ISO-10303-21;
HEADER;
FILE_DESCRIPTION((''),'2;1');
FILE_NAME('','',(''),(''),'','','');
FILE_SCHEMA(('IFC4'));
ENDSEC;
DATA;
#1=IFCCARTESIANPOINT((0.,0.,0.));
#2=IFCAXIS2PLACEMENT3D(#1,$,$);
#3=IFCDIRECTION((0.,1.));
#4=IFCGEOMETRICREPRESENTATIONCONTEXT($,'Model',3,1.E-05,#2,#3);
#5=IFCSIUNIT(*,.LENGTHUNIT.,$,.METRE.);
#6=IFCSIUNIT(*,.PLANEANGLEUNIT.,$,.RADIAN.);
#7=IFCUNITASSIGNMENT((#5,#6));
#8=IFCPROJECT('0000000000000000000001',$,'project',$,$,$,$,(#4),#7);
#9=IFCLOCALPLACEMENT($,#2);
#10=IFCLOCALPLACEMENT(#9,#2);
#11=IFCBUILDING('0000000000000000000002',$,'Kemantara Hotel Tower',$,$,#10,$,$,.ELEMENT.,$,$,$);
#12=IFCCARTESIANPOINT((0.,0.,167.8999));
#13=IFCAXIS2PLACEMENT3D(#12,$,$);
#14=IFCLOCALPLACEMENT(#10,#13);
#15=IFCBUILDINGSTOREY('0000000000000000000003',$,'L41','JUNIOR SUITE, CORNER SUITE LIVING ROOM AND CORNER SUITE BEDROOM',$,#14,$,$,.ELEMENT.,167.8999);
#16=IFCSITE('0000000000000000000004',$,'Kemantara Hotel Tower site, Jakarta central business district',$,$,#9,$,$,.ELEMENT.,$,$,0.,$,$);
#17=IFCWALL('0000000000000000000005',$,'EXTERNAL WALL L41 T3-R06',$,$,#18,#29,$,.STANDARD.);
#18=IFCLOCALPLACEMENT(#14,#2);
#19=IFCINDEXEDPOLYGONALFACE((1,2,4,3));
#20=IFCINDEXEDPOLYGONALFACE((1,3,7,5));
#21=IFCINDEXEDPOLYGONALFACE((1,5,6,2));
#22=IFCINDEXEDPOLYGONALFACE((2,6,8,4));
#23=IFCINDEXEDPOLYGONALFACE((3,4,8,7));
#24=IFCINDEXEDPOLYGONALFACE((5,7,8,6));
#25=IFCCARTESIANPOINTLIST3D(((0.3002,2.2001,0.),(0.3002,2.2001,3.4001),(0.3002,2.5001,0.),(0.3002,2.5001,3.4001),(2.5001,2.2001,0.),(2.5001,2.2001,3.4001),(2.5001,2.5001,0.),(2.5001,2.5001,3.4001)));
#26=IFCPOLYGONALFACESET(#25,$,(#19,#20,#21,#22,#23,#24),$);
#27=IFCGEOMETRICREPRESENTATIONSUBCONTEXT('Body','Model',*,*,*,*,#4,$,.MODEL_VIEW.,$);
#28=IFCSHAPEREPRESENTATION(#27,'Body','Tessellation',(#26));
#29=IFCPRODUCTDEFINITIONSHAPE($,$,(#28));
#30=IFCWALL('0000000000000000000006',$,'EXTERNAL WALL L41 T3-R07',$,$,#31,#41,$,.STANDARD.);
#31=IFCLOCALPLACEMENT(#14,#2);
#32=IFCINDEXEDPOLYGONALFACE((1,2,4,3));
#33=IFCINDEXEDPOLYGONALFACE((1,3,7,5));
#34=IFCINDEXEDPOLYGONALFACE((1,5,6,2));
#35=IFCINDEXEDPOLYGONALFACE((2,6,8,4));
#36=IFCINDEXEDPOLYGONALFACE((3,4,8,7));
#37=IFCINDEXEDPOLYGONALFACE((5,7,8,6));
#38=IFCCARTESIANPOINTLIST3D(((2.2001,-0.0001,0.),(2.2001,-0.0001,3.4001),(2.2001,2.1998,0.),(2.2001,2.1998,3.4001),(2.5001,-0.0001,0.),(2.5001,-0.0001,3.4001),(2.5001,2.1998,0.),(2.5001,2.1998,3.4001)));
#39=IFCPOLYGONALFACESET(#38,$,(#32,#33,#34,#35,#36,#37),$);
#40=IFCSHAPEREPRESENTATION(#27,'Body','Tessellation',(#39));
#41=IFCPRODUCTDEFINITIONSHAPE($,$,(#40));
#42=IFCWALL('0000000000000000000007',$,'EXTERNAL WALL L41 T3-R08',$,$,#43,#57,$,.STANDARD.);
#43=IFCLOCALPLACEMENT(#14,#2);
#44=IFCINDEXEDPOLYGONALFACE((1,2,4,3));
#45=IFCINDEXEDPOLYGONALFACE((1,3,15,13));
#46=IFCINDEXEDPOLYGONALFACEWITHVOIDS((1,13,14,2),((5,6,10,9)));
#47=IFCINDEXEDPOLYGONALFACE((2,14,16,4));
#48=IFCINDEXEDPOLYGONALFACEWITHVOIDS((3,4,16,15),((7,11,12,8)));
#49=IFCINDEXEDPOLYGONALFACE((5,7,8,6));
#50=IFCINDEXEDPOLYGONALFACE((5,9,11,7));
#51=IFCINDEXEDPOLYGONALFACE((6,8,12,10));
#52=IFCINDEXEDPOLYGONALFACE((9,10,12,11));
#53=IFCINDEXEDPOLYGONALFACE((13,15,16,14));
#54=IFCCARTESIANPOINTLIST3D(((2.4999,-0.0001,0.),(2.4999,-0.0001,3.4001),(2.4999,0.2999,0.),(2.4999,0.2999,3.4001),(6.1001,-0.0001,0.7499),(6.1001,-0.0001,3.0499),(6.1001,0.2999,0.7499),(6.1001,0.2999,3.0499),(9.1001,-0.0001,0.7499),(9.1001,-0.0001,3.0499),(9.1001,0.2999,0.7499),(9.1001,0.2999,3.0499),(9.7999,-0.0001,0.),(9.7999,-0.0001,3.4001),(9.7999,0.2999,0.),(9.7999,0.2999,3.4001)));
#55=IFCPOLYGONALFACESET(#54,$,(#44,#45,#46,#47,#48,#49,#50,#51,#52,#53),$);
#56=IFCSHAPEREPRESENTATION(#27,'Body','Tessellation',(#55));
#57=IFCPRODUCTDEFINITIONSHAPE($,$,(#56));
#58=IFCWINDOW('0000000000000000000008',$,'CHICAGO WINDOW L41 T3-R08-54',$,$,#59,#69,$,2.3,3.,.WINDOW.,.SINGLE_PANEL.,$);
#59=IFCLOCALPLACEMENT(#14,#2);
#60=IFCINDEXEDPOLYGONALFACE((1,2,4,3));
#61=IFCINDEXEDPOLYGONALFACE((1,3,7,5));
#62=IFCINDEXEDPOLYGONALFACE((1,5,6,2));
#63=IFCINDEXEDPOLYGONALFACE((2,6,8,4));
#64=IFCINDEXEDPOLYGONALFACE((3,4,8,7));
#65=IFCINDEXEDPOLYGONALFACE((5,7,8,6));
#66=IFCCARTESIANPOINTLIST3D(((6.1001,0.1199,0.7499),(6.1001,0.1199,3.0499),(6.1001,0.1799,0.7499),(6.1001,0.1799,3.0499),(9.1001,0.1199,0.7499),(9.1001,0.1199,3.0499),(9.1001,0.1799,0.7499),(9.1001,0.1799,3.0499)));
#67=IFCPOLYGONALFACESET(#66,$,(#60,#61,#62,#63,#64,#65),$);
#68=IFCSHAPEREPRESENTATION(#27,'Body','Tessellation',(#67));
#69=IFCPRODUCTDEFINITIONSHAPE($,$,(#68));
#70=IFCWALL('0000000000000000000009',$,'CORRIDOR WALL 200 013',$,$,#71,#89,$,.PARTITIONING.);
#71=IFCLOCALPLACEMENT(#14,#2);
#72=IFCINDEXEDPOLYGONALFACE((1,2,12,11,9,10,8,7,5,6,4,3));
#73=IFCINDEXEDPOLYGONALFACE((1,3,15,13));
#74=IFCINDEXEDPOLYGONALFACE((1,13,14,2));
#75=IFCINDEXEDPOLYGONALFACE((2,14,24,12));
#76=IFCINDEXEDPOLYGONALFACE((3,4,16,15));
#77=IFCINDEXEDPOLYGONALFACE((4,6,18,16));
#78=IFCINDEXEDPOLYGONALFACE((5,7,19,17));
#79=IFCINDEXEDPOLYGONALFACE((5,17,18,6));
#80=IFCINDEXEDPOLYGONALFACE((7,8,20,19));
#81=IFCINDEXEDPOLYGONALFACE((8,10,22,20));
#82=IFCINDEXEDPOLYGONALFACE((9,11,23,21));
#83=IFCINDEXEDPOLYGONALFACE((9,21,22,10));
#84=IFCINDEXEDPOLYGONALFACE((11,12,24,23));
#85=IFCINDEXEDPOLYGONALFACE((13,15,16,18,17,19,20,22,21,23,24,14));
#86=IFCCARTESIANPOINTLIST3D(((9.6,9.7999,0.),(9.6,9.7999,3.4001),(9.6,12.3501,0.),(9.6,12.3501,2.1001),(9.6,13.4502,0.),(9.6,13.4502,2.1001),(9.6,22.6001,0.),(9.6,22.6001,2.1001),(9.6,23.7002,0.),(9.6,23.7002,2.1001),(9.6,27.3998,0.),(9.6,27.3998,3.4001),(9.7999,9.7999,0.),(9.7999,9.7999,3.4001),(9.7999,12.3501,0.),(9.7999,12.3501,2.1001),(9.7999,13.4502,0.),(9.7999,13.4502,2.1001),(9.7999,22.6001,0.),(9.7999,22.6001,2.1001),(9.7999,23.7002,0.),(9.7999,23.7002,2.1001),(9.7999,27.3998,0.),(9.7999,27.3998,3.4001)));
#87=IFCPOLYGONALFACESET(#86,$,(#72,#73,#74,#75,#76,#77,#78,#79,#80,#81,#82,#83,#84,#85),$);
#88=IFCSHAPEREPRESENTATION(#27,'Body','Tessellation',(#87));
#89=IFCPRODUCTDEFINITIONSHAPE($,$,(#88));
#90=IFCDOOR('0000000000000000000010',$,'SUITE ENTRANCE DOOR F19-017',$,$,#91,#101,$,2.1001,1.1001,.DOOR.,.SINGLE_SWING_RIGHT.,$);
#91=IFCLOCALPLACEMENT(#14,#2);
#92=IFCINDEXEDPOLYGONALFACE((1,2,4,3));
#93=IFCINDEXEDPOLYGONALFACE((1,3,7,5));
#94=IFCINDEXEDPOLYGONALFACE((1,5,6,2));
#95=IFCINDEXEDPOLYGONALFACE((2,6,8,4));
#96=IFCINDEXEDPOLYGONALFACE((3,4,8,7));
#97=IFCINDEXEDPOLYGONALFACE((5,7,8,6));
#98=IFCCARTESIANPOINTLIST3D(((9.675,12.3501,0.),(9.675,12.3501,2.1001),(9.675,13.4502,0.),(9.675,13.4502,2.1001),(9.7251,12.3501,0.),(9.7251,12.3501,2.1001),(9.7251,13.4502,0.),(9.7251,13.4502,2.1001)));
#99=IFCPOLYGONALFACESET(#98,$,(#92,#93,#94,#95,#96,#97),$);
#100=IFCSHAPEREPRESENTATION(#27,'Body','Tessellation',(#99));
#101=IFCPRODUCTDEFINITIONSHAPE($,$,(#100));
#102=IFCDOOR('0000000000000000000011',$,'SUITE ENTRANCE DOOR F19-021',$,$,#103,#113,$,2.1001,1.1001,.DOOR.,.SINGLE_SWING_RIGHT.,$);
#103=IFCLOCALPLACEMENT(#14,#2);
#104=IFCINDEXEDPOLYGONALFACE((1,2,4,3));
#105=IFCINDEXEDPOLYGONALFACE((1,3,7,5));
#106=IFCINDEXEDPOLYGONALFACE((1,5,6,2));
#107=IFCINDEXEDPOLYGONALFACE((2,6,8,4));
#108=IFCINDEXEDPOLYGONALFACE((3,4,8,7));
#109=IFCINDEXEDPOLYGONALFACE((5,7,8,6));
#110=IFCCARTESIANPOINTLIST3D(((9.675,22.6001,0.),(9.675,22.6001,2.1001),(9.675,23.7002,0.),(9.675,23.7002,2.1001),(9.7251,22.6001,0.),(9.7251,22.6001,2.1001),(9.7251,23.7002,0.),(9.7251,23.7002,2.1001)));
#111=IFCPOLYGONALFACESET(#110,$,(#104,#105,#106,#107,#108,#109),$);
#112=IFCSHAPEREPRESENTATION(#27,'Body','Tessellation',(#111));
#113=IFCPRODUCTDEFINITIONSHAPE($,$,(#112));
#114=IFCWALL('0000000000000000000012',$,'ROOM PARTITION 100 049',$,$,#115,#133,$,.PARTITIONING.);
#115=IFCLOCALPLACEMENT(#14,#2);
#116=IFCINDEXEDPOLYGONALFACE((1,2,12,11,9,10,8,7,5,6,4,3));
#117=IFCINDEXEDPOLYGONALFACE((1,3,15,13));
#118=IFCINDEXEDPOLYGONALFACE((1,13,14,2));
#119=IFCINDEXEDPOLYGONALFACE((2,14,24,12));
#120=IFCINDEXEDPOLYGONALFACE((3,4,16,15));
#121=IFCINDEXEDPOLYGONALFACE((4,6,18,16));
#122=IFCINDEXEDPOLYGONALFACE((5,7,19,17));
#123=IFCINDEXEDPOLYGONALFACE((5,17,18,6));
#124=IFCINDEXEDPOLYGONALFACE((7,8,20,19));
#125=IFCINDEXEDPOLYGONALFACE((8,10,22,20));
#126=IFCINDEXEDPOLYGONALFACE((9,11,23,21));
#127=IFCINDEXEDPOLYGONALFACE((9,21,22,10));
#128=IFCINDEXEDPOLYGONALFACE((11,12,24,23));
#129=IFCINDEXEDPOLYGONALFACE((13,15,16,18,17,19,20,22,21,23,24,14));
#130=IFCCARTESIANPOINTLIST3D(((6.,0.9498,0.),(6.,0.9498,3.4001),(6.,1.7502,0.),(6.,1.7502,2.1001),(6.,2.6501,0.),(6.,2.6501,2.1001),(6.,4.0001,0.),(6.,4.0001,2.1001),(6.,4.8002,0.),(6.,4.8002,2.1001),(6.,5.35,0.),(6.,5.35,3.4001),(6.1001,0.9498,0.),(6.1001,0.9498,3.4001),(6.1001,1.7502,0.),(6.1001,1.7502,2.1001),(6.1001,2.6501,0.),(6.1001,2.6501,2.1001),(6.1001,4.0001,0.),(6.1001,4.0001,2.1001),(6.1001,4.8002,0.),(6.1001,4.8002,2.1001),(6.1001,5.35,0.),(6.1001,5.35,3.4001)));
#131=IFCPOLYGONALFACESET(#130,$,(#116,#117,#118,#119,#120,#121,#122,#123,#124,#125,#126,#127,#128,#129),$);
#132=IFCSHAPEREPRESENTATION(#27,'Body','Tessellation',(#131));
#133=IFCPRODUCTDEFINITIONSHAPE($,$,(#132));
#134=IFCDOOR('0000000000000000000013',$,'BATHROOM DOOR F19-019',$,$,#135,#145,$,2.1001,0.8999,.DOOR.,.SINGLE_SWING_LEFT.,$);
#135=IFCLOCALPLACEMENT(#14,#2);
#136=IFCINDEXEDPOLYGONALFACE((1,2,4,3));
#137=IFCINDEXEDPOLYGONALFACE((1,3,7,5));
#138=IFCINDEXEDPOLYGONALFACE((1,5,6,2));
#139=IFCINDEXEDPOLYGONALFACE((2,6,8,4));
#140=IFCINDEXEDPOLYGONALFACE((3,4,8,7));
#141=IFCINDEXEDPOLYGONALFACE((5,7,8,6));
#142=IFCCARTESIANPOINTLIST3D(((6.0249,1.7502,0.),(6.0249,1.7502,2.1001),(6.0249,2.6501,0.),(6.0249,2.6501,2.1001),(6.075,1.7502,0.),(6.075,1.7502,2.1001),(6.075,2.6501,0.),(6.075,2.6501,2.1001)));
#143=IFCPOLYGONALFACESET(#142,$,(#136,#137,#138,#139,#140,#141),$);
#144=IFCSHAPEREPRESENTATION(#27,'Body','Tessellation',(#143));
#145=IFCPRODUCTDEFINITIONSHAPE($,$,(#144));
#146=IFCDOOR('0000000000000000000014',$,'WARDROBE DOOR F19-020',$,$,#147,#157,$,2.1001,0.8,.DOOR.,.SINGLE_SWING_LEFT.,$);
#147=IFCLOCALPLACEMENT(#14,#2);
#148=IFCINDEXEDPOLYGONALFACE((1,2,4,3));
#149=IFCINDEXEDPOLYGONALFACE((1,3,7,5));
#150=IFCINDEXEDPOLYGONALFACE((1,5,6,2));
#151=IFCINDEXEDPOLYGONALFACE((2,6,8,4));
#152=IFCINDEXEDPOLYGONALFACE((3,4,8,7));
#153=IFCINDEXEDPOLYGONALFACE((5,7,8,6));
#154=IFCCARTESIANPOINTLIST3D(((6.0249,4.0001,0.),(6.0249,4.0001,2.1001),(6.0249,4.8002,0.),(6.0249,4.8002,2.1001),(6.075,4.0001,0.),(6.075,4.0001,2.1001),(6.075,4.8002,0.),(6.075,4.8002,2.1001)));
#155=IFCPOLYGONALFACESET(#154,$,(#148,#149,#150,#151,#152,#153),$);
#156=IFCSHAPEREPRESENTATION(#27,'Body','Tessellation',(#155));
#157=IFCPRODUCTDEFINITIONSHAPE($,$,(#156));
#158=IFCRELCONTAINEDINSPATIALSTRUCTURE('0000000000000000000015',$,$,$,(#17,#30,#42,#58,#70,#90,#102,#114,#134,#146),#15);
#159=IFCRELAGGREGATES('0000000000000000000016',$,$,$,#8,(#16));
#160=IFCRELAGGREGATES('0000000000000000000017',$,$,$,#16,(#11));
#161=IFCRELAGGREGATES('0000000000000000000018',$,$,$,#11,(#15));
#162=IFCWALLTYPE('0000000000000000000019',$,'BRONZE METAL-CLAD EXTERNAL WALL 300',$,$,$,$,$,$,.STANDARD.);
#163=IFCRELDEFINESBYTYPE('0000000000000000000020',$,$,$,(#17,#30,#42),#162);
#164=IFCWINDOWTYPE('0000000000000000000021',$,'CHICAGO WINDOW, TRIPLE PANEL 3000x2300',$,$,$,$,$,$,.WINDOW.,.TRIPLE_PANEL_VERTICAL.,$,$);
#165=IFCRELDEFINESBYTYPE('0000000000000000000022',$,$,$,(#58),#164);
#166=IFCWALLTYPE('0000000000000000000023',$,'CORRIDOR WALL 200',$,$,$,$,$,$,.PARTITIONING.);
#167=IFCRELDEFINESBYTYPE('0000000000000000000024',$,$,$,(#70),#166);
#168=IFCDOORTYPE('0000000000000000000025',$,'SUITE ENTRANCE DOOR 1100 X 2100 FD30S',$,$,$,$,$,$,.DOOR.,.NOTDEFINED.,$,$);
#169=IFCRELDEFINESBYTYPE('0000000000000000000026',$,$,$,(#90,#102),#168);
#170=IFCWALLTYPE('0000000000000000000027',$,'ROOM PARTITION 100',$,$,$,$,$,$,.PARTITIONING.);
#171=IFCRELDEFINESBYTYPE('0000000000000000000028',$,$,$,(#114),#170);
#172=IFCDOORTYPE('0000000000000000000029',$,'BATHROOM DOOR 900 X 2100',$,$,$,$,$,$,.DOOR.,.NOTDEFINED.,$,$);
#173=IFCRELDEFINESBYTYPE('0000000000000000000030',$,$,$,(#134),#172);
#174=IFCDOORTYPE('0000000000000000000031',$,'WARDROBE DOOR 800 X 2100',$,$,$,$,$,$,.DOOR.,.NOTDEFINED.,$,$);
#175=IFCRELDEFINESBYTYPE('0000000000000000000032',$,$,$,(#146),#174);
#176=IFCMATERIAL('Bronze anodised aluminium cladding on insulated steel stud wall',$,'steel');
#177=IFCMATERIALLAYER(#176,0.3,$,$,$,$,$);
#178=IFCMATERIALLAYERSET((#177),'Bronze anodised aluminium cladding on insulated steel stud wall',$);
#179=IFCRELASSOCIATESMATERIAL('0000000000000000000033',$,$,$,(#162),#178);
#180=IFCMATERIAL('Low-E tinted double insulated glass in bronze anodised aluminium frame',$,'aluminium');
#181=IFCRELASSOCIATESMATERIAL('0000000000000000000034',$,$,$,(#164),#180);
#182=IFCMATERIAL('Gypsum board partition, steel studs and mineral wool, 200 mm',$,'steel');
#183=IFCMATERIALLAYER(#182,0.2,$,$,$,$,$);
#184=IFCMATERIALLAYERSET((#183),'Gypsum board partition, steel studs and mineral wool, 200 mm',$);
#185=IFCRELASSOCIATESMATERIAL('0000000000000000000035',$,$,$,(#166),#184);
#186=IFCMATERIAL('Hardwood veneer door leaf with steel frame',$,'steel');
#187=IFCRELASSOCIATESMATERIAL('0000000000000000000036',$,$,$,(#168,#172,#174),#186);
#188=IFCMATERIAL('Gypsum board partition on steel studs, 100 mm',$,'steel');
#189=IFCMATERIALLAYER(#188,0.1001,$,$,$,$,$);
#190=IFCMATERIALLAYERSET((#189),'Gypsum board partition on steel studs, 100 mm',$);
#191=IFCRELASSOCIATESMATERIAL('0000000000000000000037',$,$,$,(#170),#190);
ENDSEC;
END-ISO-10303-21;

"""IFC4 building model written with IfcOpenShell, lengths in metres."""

from ifc_helpers import new_model, si_unit, direction, frame, frame_2d, origin, place, context, subcontext, project, spatial, rectangle, extrude, material, layer, layer_set, type_object, element, fill, save


model = new_model("IFC4")

# Units and contexts
model_context = context("Model", 3, precision=1e-05, world=origin(), true_north=direction((0.0, 1.0)))
body_context = subcontext(model_context, "Body", "Model", "MODEL_VIEW")
ifc_project = project(units=[si_unit("LENGTHUNIT", "METRE"), si_unit("PLANEANGLEUNIT", "RADIAN")], contexts=[model_context])

# Site, building, storey
site_placement = place(None, origin())
site = spatial("IfcSite", under=ifc_project, at=site_placement, Name="Kemantara Hotel Tower site, Jakarta central business district", CompositionType="ELEMENT", RefElevation=0.0)
building_placement = place(site_placement, origin())
building = spatial("IfcBuilding", under=site, at=building_placement, Name="Kemantara Hotel Tower", CompositionType="ELEMENT")
storey_placement = place(building_placement, frame((0.0, 0.0, 167.8999)))
storey = spatial("IfcBuildingStorey", under=building, at=storey_placement, Name="L41", Description="JUNIOR SUITE, CORNER SUITE LIVING ROOM AND CORNER SUITE BEDROOM", CompositionType="ELEMENT", Elevation=167.8999)

# Walls
ifc_material_1 = material(Name="Bronze anodised aluminium cladding on insulated steel stud wall", Category="steel")
ifc_layer_1 = layer(ifc_material_1, 0.3)
ifc_layer_set_1 = layer_set([ifc_layer_1], Name="Bronze anodised aluminium cladding on insulated steel stud wall")
wall_type_1 = type_object("IfcWallType", Name="BRONZE METAL-CLAD EXTERNAL WALL 300", PredefinedType="STANDARD", material=ifc_layer_set_1)
for number, where, z_axis, x_axis, name in (
    (1, (0.3, 2.3501, 0.0), (0.0, 0.0, 1.0), (1.0, 0.0, 0.0), "EXTERNAL WALL L41 T3-R06"),
    (2, (2.3501, 2.2, 0.0), (0.0, 0.0, 1.0), (0.0, -1.0, 0.0), "EXTERNAL WALL L41 T3-R07"),
):
    element("IfcWall", number, at=place(storey_placement, frame(where, z_axis=z_axis, x_axis=x_axis)), inside=storey, type_object=wall_type_1, Name=name, PredefinedType="STANDARD", context=body_context, shape_type="SweptSolid", body=[
        extrude(rectangle(XDim=2.2, YDim=0.3, at=frame_2d((1.1001, 0.0))), origin(), (0.0, 0.0, 1.0), 3.4001),
    ])

# Wall, opening, window
wall_1_placement = place(storey_placement, frame((2.5, 0.1499, 0.0), z_axis=(0.0, 0.0, 1.0), x_axis=(1.0, 0.0, 0.0)))
wall_1 = element("IfcWall", 3, at=wall_1_placement, inside=storey, type_object=wall_type_1, Name="EXTERNAL WALL L41 T3-R08", PredefinedType="STANDARD", context=body_context, shape_type="SweptSolid", body=[
    extrude(rectangle(XDim=7.3, YDim=0.3, at=frame_2d((3.6499, 0.0))), origin(), (0.0, 0.0, 1.0), 3.4001),
])
opening_1_placement = place(wall_1_placement, frame((3.6001, 0.0, 0.75)))
opening_1 = element("IfcOpeningElement", 4, at=opening_1_placement, cuts=wall_1, PredefinedType="OPENING", context=body_context, shape_type="SweptSolid", body=[
    extrude(rectangle(XDim=3.0, YDim=2.3, at=frame_2d((1.5, 1.1499))), frame((0.0, 0.1599, 0.0), z_axis=(0.0, -1.0, 0.0), x_axis=(1.0, 0.0, 0.0)), (0.0, 0.0, 1.0), 0.3201),
])
ifc_material_2 = material(Name="Low-E tinted double insulated glass in bronze anodised aluminium frame", Category="aluminium")
window_type = type_object("IfcWindowType", Name="CHICAGO WINDOW, TRIPLE PANEL 3000x2300", PartitioningType="TRIPLE_PANEL_VERTICAL", PredefinedType="WINDOW", material=ifc_material_2)
window_placement = place(opening_1_placement, origin())
window = element("IfcWindow", 5, at=window_placement, inside=storey, type_object=window_type, Name="CHICAGO WINDOW L41 T3-R08-54", OverallHeight=2.3, OverallWidth=3.0, PartitioningType="SINGLE_PANEL", PredefinedType="WINDOW", context=body_context, shape_type="SweptSolid", body=[
    extrude(rectangle(XDim=3.0, YDim=2.3, at=frame_2d((1.5, 1.1499))), frame((0.0, 0.03, 0.0), z_axis=(0.0, -1.0, 0.0), x_axis=(1.0, 0.0, 0.0)), (0.0, 0.0, 1.0), 0.0601),
])
fill(opening_1, window)

# Walls, openings, doors
ifc_material_3 = material(Name="Gypsum board partition, steel studs and mineral wool, 200 mm", Category="steel")
ifc_layer_2 = layer(ifc_material_3, 0.2)
ifc_layer_set_2 = layer_set([ifc_layer_2], Name="Gypsum board partition, steel studs and mineral wool, 200 mm")
wall_type_2 = type_object("IfcWallType", Name="CORRIDOR WALL 200", PredefinedType="PARTITIONING", material=ifc_layer_set_2)
wall_2_placement = place(storey_placement, frame((9.7, 9.8, 0.0), z_axis=(0.0, 0.0, 1.0), x_axis=(0.0, 1.0, 0.0)))
wall_2 = element("IfcWall", 6, at=wall_2_placement, inside=storey, type_object=wall_type_2, Name="CORRIDOR WALL 200 013", PredefinedType="PARTITIONING", context=body_context, shape_type="SweptSolid", body=[
    extrude(rectangle(XDim=17.5999, YDim=0.2, at=frame_2d((8.7998, 0.0))), origin(), (0.0, 0.0, 1.0), 3.4001),
])
opening_2_placement = place(wall_2_placement, frame((2.55, 0.0, 0.0)))
opening_2 = element("IfcOpeningElement", 7, at=opening_2_placement, cuts=wall_2, PredefinedType="OPENING", context=body_context, shape_type="SweptSolid", body=[
    extrude(rectangle(XDim=1.1001, YDim=2.1001, at=frame_2d((0.55, 1.05))), frame((0.0, 0.1099, 0.0), z_axis=(0.0, -1.0, 0.0), x_axis=(1.0, 0.0, 0.0)), (0.0, 0.0, 1.0), 0.22),
])
opening_3_placement = place(wall_2_placement, frame((12.8, 0.0, 0.0)))
opening_3 = element("IfcOpeningElement", 8, at=opening_3_placement, cuts=wall_2, PredefinedType="OPENING", context=body_context, shape_type="SweptSolid", body=[
    extrude(rectangle(XDim=1.1001, YDim=2.1001, at=frame_2d((0.55, 1.05))), frame((0.0, 0.1099, 0.0), z_axis=(0.0, -1.0, 0.0), x_axis=(1.0, 0.0, 0.0)), (0.0, 0.0, 1.0), 0.22),
])
ifc_material_4 = material(Name="Hardwood veneer door leaf with steel frame", Category="steel")
door_type_1 = type_object("IfcDoorType", Name="SUITE ENTRANCE DOOR 1100 X 2100 FD30S", OperationType="NOTDEFINED", PredefinedType="DOOR", material=ifc_material_4)
door_1_placement = place(opening_2_placement, origin())
door_1 = element("IfcDoor", 9, at=door_1_placement, inside=storey, type_object=door_type_1, Name="SUITE ENTRANCE DOOR F19-017", OperationType="SINGLE_SWING_RIGHT", OverallHeight=2.1001, OverallWidth=1.1001, PredefinedType="DOOR", context=body_context, shape_type="SweptSolid", body=[
    extrude(rectangle(XDim=1.1001, YDim=2.1001, at=frame_2d((0.55, 1.05))), frame((0.0, 0.0249, 0.0), z_axis=(0.0, -1.0, 0.0), x_axis=(1.0, 0.0, 0.0)), (0.0, 0.0, 1.0), 0.05),
])
fill(opening_2, door_1)
door_2_placement = place(opening_3_placement, origin())
door_2 = element("IfcDoor", 10, at=door_2_placement, inside=storey, type_object=door_type_1, Name="SUITE ENTRANCE DOOR F19-021", OperationType="SINGLE_SWING_RIGHT", OverallHeight=2.1001, OverallWidth=1.1001, PredefinedType="DOOR", context=body_context, shape_type="SweptSolid", body=[
    extrude(rectangle(XDim=1.1001, YDim=2.1001, at=frame_2d((0.55, 1.05))), frame((0.0, 0.0249, 0.0), z_axis=(0.0, -1.0, 0.0), x_axis=(1.0, 0.0, 0.0)), (0.0, 0.0, 1.0), 0.05),
])
fill(opening_3, door_2)
ifc_material_5 = material(Name="Gypsum board partition on steel studs, 100 mm", Category="steel")
ifc_layer_3 = layer(ifc_material_5, 0.1001)
ifc_layer_set_3 = layer_set([ifc_layer_3], Name="Gypsum board partition on steel studs, 100 mm")
wall_type_3 = type_object("IfcWallType", Name="ROOM PARTITION 100", PredefinedType="PARTITIONING", material=ifc_layer_set_3)
wall_3_placement = place(storey_placement, frame((6.05, 5.3501, 0.0), z_axis=(0.0, 0.0, 1.0), x_axis=(0.0, -1.0, 0.0)))
wall_3 = element("IfcWall", 11, at=wall_3_placement, inside=storey, type_object=wall_type_3, Name="ROOM PARTITION 100 049", PredefinedType="PARTITIONING", context=body_context, shape_type="SweptSolid", body=[
    extrude(rectangle(XDim=4.4001, YDim=0.1001, at=frame_2d((2.2002, 0.0))), origin(), (0.0, 0.0, 1.0), 3.4001),
])
opening_4_placement = place(wall_3_placement, frame((2.7, 0.0, 0.0)))
opening_4 = element("IfcOpeningElement", 12, at=opening_4_placement, cuts=wall_3, PredefinedType="OPENING", context=body_context, shape_type="SweptSolid", body=[
    extrude(rectangle(XDim=0.8999, YDim=2.1001, at=frame_2d((0.45, 1.05))), frame((0.0, 0.0601, 0.0), z_axis=(0.0, -1.0, 0.0), x_axis=(1.0, 0.0, 0.0)), (0.0, 0.0, 1.0), 0.1201),
])
opening_5_placement = place(wall_3_placement, frame((0.55, 0.0, 0.0)))
opening_5 = element("IfcOpeningElement", 13, at=opening_5_placement, cuts=wall_3, PredefinedType="OPENING", context=body_context, shape_type="SweptSolid", body=[
    extrude(rectangle(XDim=0.8, YDim=2.1001, at=frame_2d((0.3999, 1.05))), frame((0.0, 0.0601, 0.0), z_axis=(0.0, -1.0, 0.0), x_axis=(1.0, 0.0, 0.0)), (0.0, 0.0, 1.0), 0.1201),
])
door_type_2 = type_object("IfcDoorType", Name="BATHROOM DOOR 900 X 2100", OperationType="NOTDEFINED", PredefinedType="DOOR", material=ifc_material_4)
door_3_placement = place(opening_4_placement, origin())
door_3 = element("IfcDoor", 14, at=door_3_placement, inside=storey, type_object=door_type_2, Name="BATHROOM DOOR F19-019", OperationType="SINGLE_SWING_LEFT", OverallHeight=2.1001, OverallWidth=0.8999, PredefinedType="DOOR", context=body_context, shape_type="SweptSolid", body=[
    extrude(rectangle(XDim=0.8999, YDim=2.1001, at=frame_2d((0.45, 1.05))), frame((0.0, 0.0249, 0.0), z_axis=(0.0, -1.0, 0.0), x_axis=(1.0, 0.0, 0.0)), (0.0, 0.0, 1.0), 0.05),
])
fill(opening_4, door_3)
door_type_3 = type_object("IfcDoorType", Name="WARDROBE DOOR 800 X 2100", OperationType="NOTDEFINED", PredefinedType="DOOR", material=ifc_material_4)
door_4_placement = place(opening_5_placement, origin())
door_4 = element("IfcDoor", 15, at=door_4_placement, inside=storey, type_object=door_type_3, Name="WARDROBE DOOR F19-020", OperationType="SINGLE_SWING_LEFT", OverallHeight=2.1001, OverallWidth=0.8, PredefinedType="DOOR", context=body_context, shape_type="SweptSolid", body=[
    extrude(rectangle(XDim=0.8, YDim=2.1001, at=frame_2d((0.3999, 1.05))), frame((0.0, 0.0249, 0.0), z_axis=(0.0, -1.0, 0.0), x_axis=(1.0, 0.0, 0.0)), (0.0, 0.0, 1.0), 0.05),
])
fill(opening_5, door_4)

save(model, "model.ifc")
